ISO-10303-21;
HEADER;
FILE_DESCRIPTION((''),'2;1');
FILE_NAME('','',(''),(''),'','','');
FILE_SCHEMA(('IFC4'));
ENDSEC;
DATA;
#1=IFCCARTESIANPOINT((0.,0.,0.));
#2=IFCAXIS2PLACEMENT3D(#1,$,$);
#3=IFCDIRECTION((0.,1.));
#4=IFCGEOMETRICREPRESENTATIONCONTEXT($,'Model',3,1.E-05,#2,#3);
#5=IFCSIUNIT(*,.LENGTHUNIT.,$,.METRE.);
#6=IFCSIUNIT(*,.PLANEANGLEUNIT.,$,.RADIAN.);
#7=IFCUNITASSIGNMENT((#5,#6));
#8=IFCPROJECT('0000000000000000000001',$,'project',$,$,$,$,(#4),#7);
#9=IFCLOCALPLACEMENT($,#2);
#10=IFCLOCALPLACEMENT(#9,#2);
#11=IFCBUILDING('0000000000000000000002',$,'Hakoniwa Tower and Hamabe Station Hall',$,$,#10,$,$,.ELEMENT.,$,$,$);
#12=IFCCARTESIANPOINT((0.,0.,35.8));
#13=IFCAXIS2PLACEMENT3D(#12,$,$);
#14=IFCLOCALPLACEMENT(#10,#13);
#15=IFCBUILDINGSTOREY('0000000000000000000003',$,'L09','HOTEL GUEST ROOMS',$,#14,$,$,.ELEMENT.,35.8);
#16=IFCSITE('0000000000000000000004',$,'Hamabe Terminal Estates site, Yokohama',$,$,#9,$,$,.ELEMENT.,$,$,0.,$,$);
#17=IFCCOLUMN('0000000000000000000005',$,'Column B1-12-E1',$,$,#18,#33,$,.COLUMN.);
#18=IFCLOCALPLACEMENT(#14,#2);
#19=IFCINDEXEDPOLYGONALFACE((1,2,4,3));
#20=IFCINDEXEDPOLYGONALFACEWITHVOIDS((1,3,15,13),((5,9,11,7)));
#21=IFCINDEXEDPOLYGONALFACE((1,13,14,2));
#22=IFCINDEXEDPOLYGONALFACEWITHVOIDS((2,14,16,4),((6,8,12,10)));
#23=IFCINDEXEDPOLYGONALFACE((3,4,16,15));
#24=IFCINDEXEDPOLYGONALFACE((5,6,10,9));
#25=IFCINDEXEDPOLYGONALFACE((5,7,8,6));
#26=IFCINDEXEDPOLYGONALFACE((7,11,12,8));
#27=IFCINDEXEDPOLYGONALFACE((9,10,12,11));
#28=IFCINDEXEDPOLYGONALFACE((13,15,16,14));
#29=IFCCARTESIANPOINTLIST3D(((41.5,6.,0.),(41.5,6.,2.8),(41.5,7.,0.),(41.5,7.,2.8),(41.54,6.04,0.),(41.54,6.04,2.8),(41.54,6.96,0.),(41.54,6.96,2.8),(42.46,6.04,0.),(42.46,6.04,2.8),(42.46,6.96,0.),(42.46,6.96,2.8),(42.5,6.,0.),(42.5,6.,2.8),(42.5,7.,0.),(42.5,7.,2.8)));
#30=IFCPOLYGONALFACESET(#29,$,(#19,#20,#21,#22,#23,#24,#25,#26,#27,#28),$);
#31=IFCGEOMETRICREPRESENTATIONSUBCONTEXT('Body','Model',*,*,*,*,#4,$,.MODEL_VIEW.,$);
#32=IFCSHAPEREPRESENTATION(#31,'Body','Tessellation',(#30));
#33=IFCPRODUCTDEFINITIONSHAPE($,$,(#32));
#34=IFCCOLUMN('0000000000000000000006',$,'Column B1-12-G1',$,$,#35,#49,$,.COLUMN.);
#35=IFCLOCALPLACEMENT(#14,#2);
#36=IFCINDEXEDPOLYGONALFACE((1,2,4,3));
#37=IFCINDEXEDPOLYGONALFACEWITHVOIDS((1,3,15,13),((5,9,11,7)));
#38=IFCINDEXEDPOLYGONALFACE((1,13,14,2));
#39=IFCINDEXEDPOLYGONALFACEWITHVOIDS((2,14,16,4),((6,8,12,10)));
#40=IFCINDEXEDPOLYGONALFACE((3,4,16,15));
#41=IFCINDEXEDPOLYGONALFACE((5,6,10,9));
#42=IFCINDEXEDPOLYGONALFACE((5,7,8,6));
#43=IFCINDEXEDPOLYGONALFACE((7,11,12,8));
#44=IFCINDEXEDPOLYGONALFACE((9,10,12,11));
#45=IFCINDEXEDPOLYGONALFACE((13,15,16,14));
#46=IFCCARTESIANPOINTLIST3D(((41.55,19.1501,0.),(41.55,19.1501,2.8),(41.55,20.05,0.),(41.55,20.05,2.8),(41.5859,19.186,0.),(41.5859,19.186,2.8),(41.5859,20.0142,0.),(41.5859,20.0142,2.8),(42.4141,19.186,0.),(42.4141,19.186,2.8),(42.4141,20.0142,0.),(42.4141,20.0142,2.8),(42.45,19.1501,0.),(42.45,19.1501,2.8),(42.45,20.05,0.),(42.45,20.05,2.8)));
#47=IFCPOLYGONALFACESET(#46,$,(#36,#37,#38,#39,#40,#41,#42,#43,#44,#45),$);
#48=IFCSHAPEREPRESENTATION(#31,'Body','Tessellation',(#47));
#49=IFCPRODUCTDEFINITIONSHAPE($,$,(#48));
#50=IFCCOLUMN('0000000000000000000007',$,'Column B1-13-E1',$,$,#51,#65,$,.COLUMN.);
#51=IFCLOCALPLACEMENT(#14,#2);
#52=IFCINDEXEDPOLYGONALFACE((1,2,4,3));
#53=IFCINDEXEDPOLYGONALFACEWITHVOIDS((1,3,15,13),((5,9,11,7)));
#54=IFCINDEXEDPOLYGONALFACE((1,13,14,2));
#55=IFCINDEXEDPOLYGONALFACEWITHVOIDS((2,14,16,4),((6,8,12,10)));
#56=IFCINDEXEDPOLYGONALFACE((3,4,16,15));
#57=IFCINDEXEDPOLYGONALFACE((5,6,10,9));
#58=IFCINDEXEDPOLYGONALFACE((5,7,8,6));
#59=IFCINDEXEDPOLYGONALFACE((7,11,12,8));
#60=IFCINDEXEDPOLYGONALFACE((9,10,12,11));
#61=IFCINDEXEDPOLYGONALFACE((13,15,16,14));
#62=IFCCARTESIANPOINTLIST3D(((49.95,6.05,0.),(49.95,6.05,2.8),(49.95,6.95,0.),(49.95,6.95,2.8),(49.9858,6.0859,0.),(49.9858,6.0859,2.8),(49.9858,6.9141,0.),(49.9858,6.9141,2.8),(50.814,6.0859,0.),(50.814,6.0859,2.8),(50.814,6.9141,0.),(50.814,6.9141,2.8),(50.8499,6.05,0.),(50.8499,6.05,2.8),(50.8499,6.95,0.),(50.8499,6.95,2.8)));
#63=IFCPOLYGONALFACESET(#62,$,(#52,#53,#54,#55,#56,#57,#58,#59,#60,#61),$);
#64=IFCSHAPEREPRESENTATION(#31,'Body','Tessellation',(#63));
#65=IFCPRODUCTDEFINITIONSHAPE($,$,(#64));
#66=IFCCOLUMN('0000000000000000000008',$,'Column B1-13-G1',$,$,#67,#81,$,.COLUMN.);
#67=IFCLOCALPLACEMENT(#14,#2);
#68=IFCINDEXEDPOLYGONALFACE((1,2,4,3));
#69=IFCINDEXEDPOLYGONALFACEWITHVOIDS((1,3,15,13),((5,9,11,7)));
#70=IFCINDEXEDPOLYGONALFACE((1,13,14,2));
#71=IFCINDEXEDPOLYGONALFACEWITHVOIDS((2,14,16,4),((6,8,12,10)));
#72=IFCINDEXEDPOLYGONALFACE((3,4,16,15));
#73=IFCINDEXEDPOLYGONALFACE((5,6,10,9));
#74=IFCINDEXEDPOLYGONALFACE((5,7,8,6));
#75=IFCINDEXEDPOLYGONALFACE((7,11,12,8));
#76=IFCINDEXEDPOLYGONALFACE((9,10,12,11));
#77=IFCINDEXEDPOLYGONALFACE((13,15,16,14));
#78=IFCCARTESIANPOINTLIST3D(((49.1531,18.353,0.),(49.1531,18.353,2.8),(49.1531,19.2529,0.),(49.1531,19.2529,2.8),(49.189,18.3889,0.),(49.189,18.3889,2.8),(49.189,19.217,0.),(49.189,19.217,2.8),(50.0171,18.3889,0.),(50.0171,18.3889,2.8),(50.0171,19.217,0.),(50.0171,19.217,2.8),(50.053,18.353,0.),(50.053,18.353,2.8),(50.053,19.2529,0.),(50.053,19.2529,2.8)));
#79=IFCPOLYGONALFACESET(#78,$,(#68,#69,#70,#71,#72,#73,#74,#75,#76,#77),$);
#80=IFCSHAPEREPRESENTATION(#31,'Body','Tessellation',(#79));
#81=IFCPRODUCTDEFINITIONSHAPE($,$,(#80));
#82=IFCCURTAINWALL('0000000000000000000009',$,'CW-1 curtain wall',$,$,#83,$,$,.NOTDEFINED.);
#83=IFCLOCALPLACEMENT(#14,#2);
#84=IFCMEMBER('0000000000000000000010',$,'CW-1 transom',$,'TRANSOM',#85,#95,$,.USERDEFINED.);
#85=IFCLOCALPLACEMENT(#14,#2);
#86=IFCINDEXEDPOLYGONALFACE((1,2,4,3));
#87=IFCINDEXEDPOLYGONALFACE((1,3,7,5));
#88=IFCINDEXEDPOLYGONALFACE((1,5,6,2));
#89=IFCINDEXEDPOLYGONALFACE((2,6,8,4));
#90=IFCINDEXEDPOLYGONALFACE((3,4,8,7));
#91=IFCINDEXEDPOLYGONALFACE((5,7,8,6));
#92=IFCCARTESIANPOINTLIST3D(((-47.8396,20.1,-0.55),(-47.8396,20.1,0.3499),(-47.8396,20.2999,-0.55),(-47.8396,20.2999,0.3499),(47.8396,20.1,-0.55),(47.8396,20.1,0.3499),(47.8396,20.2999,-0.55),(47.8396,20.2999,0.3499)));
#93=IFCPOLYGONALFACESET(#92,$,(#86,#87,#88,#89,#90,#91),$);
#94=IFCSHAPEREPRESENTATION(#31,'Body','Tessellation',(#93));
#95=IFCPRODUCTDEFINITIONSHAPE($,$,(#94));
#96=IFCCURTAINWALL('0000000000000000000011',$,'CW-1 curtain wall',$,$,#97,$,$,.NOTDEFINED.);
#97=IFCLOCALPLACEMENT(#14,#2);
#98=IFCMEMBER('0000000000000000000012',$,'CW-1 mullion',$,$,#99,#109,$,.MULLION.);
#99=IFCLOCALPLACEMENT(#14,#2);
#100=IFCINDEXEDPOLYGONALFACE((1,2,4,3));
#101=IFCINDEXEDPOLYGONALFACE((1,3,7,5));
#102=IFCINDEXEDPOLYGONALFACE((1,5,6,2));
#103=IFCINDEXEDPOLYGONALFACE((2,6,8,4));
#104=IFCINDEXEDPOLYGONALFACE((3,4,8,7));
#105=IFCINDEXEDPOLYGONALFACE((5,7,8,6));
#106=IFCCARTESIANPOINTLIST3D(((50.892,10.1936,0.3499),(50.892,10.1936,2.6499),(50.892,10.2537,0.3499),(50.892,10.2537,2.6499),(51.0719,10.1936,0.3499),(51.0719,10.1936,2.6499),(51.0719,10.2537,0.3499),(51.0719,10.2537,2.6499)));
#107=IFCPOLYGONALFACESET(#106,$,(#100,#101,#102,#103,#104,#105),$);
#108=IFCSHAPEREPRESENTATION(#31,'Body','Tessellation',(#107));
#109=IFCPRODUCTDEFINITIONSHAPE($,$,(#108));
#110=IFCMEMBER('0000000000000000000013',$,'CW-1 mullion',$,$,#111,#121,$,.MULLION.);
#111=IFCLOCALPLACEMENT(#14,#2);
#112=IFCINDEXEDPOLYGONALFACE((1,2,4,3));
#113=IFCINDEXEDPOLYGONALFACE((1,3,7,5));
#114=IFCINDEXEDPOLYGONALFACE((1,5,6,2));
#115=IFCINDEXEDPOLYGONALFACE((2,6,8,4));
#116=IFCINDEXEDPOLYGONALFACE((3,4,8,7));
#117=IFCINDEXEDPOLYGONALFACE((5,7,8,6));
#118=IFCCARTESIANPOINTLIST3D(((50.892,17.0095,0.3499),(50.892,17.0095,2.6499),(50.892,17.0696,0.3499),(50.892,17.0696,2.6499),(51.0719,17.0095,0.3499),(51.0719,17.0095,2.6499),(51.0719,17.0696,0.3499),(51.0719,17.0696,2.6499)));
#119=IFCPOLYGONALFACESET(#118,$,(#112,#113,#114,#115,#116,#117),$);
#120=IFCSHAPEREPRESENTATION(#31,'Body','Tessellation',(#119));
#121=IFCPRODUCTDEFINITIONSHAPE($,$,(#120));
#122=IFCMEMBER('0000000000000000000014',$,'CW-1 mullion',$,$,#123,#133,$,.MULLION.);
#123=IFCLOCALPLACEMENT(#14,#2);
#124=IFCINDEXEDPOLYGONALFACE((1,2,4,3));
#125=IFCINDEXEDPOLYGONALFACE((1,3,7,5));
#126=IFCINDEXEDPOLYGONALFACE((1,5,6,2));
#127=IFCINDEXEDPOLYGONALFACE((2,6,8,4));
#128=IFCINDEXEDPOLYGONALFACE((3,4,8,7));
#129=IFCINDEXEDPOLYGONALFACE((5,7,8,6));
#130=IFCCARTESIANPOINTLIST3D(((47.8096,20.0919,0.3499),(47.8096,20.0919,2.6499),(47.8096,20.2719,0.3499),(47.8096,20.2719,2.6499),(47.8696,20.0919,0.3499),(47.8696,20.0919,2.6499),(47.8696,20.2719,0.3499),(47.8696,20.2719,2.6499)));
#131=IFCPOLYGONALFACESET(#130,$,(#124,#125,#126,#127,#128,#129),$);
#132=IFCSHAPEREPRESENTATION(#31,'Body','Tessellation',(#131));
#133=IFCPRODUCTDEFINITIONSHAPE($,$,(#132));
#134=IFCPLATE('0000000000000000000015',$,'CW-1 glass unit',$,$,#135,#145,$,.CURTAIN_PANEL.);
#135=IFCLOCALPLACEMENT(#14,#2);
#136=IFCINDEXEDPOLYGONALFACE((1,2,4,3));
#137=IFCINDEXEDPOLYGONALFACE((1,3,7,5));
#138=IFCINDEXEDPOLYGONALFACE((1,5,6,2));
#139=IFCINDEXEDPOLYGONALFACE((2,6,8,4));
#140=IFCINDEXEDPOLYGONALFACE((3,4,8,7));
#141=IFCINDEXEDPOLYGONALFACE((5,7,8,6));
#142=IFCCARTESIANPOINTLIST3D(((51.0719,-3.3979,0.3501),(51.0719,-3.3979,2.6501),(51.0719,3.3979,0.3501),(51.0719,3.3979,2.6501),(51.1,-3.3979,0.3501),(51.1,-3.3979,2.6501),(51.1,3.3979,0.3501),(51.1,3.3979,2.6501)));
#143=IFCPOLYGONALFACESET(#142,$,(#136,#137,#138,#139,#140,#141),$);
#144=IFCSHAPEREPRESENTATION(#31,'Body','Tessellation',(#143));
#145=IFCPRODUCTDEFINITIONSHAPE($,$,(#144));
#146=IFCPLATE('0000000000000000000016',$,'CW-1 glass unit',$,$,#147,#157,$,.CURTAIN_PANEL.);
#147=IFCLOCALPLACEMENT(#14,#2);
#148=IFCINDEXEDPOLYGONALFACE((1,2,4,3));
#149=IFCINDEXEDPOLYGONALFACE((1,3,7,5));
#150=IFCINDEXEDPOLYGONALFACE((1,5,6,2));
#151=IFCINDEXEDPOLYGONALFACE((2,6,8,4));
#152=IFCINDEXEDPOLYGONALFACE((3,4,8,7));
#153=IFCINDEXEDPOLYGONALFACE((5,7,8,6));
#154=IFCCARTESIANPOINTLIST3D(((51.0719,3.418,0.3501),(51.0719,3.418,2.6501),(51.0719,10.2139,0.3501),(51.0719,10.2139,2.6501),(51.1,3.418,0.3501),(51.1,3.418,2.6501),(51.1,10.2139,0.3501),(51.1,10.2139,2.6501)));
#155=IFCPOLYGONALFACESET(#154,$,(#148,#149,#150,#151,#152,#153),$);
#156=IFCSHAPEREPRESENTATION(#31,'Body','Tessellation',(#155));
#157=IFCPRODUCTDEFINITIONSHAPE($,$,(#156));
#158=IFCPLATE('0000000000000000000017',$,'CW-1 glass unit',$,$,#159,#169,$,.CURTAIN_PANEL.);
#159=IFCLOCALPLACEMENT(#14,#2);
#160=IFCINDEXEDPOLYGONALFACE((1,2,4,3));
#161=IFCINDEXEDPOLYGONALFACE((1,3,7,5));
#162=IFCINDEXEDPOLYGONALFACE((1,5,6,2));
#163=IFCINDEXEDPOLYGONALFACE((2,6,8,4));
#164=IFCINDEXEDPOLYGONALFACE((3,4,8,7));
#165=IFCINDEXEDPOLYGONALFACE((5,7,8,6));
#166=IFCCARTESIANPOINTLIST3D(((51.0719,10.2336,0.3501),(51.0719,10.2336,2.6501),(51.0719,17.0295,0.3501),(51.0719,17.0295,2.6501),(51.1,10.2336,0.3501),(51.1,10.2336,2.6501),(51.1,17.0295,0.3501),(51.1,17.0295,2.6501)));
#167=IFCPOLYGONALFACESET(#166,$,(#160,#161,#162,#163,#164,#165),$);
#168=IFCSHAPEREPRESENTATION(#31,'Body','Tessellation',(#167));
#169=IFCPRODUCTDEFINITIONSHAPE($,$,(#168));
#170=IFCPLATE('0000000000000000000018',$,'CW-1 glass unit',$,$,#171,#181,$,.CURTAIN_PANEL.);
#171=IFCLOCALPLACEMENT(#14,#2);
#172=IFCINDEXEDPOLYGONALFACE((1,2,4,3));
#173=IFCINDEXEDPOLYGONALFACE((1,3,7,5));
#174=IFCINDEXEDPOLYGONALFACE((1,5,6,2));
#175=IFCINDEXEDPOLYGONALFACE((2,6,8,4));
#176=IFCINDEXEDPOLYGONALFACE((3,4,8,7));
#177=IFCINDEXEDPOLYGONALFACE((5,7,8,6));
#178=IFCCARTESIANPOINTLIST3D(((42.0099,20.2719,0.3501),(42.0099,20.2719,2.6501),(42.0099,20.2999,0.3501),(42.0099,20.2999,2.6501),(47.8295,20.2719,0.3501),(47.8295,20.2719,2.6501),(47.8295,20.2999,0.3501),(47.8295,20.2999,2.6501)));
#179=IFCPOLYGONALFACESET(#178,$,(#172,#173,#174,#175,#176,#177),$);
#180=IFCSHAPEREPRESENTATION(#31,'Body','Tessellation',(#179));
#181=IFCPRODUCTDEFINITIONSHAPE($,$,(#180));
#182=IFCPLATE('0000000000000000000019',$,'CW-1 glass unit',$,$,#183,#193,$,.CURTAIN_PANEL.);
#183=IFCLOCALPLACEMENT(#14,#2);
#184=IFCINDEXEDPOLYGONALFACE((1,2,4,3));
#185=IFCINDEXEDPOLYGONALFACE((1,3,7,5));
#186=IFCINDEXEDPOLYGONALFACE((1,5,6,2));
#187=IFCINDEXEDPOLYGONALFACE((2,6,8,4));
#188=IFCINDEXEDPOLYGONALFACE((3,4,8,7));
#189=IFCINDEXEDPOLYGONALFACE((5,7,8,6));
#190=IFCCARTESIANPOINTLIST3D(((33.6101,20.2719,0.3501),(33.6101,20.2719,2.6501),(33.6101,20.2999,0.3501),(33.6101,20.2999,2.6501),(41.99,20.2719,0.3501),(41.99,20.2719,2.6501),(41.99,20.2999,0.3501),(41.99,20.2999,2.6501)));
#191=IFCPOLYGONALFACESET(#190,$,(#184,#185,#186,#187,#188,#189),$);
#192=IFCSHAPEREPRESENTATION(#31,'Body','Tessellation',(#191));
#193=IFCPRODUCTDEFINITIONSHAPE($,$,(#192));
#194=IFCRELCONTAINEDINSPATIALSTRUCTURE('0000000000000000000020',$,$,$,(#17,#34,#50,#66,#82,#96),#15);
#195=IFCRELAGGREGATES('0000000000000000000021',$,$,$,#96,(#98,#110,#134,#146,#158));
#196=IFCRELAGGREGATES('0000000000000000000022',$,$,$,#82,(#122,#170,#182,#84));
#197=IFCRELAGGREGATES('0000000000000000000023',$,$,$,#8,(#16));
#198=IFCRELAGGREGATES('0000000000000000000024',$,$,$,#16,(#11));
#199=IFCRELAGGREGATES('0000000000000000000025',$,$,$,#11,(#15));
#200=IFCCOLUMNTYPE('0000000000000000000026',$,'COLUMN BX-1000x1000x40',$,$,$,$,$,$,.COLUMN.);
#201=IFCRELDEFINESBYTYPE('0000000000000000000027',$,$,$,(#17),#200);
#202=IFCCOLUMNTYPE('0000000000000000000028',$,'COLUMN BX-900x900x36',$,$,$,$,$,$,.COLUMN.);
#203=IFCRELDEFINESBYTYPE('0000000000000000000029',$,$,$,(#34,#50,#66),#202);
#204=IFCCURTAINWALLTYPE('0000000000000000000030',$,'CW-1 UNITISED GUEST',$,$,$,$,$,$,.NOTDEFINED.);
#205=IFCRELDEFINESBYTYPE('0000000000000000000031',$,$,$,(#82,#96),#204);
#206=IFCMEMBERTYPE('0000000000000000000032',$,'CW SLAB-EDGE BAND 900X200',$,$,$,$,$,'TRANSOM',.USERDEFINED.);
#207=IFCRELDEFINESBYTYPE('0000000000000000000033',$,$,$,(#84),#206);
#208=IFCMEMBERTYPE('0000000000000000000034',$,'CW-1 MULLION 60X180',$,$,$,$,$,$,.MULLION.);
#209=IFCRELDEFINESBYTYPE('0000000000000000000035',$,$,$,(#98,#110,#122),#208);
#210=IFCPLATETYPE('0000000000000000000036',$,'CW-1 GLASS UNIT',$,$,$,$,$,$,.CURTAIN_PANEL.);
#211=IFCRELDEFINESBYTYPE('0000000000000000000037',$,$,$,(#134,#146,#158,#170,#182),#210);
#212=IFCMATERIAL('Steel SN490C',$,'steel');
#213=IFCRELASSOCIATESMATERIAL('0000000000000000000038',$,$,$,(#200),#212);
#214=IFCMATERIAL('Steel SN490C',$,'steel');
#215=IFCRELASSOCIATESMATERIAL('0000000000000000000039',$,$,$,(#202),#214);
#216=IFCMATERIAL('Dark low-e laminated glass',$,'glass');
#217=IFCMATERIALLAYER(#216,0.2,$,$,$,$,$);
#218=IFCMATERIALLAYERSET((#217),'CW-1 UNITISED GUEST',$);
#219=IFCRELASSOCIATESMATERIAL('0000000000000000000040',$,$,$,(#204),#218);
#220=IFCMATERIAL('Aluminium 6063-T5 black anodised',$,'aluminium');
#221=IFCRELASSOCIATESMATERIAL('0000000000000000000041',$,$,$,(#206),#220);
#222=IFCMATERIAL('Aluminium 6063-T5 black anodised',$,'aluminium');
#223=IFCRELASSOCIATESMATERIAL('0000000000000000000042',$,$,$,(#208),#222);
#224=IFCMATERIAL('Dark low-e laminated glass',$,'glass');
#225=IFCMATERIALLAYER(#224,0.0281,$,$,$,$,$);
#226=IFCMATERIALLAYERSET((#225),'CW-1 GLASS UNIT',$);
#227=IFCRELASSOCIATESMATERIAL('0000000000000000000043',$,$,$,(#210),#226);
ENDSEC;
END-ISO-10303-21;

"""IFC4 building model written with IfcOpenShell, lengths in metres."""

from ifc_helpers import new_model, si_unit, direction, frame, origin, origin_2d, place, context, subcontext, project, spatial, rectangle, hollow_rectangle, extrude, material, layer, layer_set, material_profile, profile_set, type_object, element, aggregate, save


model = new_model("IFC4")

# Units and contexts
model_context = context("Model", 3, precision=1e-05, world=origin(), true_north=direction((0.0, 1.0)))
body_context = subcontext(model_context, "Body", "Model", "MODEL_VIEW")
ifc_project = project(units=[si_unit("LENGTHUNIT", "METRE"), si_unit("PLANEANGLEUNIT", "RADIAN")], contexts=[model_context])

# Site, building, storey
site_placement = place(None, origin())
site = spatial("IfcSite", under=ifc_project, at=site_placement, Name="Hamabe Terminal Estates site, Yokohama", CompositionType="ELEMENT", RefElevation=0.0)
building_placement = place(site_placement, origin())
building = spatial("IfcBuilding", under=site, at=building_placement, Name="Hakoniwa Tower and Hamabe Station Hall", CompositionType="ELEMENT")
storey_placement = place(building_placement, frame((0.0, 0.0, 35.8)))
storey = spatial("IfcBuildingStorey", under=building, at=storey_placement, Name="L09", Description="HOTEL GUEST ROOMS", CompositionType="ELEMENT", Elevation=35.8)

# Columns
ifc_material_1 = material(Name="Steel SN490C", Category="steel")
ifc_material_profile_1 = material_profile(ifc_material_1, hollow_rectangle(XDim=1.0, YDim=1.0, WallThickness=0.04, at=origin_2d()), Name="BX-1000x1000x40")
ifc_profile_set_1 = profile_set([ifc_material_profile_1], Name="Steel SN490C")
column_type_1 = type_object("IfcColumnType", Name="COLUMN BX-1000x1000x40", PredefinedType="COLUMN", material=ifc_profile_set_1)
column_placement = place(storey_placement, frame((42.0, 6.5, 0.0), z_axis=(0.0, 0.0, 1.0), x_axis=(1.0, 0.0, 0.0)))
element("IfcColumn", 1, at=column_placement, inside=storey, type_object=column_type_1, Name="Column B1-12-E1", PredefinedType="COLUMN", context=body_context, shape_type="SweptSolid", body=[
    extrude(hollow_rectangle(XDim=1.0, YDim=1.0, WallThickness=0.04, at=origin_2d()), origin(), (0.0, 0.0, 1.0), 2.8),
])
ifc_material_2 = material(Name="Steel SN490C", Category="steel")
ifc_material_profile_2 = material_profile(ifc_material_2, hollow_rectangle(XDim=0.8999, YDim=0.8999, WallThickness=0.0359, at=origin_2d()), Name="BX-900x900x36")
ifc_profile_set_2 = profile_set([ifc_material_profile_2], Name="Steel SN490C")
column_type_2 = type_object("IfcColumnType", Name="COLUMN BX-900x900x36", PredefinedType="COLUMN", material=ifc_profile_set_2)
for number, where, z_axis, x_axis, name in (
    (2, (42.0, 19.6001, 0.0), (0.0, 0.0, 1.0), (1.0, 0.0, 0.0), "Column B1-12-G1"),
    (3, (50.3999, 6.5, 0.0), (0.0, 0.0, 1.0), (1.0, 0.0, 0.0), "Column B1-13-E1"),
    (4, (49.603, 18.803, 0.0), (0.0, 0.0, 1.0), (1.0, 0.0, 0.0), "Column B1-13-G1"),
):
    element("IfcColumn", number, at=place(storey_placement, frame(where, z_axis=z_axis, x_axis=x_axis)), inside=storey, type_object=column_type_2, Name=name, PredefinedType="COLUMN", context=body_context, shape_type="SweptSolid", body=[
        extrude(hollow_rectangle(XDim=0.8999, YDim=0.8999, WallThickness=0.0359, at=origin_2d()), origin(), (0.0, 0.0, 1.0), 2.8),
    ])

# Curtain wall, member
ifc_material_3 = material(Name="Dark low-e laminated glass", Category="glass")
ifc_layer_1 = layer(ifc_material_3, 0.2)
ifc_layer_set_1 = layer_set([ifc_layer_1], Name="CW-1 UNITISED GUEST")
curtain_wall_type = type_object("IfcCurtainWallType", Name="CW-1 UNITISED GUEST", PredefinedType="NOTDEFINED", material=ifc_layer_set_1)
curtain_wall_1_placement = place(storey_placement, origin())
curtain_wall_1 = element("IfcCurtainWall", 5, at=curtain_wall_1_placement, inside=storey, type_object=curtain_wall_type, Name="CW-1 curtain wall", PredefinedType="NOTDEFINED")
ifc_material_4 = material(Name="Aluminium 6063-T5 black anodised", Category="aluminium")
ifc_material_profile_3 = material_profile(ifc_material_4, rectangle(XDim=0.2, YDim=0.8999, at=origin_2d()), Name="CW SLAB-EDGE BAND 900X200")
ifc_profile_set_3 = profile_set([ifc_material_profile_3], Name="Aluminium 6063-T5 black anodised")
member_type_1 = type_object("IfcMemberType", Name="CW SLAB-EDGE BAND 900X200", ElementType="TRANSOM", PredefinedType="USERDEFINED", material=ifc_profile_set_3)
member_1_placement = place(storey_placement, frame((47.8396, 20.2, -0.1001), z_axis=(-1.0, 0.0, 0.0), x_axis=(0.0, -1.0, 0.0)))
member_1 = element("IfcMember", 6, at=member_1_placement, type_object=member_type_1, Name="CW-1 transom", ObjectType="TRANSOM", PredefinedType="USERDEFINED", context=body_context, shape_type="SweptSolid", body=[
    extrude(rectangle(XDim=0.2, YDim=0.8999, at=origin_2d()), origin(), (0.0, 0.0, 1.0), 95.6792),
])

# Curtain wall, members
curtain_wall_2_placement = place(storey_placement, origin())
curtain_wall_2 = element("IfcCurtainWall", 7, at=curtain_wall_2_placement, inside=storey, type_object=curtain_wall_type, Name="CW-1 curtain wall", PredefinedType="NOTDEFINED")
ifc_material_5 = material(Name="Aluminium 6063-T5 black anodised", Category="aluminium")
ifc_material_profile_4 = material_profile(ifc_material_5, rectangle(XDim=0.0601, YDim=0.1799, at=origin_2d()), Name="CW-1 MULLION 60X180")
ifc_profile_set_4 = profile_set([ifc_material_profile_4], Name="Aluminium 6063-T5 black anodised")
member_type_2 = type_object("IfcMemberType", Name="CW-1 MULLION 60X180", PredefinedType="MULLION", material=ifc_profile_set_4)
member_2_placement = place(storey_placement, frame((50.9819, 10.2236, 0.3499), z_axis=(0.0, 0.0, 1.0), x_axis=(0.0, 1.0, 0.0)))
member_2 = element("IfcMember", 8, at=member_2_placement, type_object=member_type_2, Name="CW-1 mullion", PredefinedType="MULLION", context=body_context, shape_type="SweptSolid", body=[
    extrude(rectangle(XDim=0.0601, YDim=0.1799, at=origin_2d()), origin(), (0.0, 0.0, 1.0), 2.3),
])
member_3_placement = place(storey_placement, frame((50.9819, 17.0396, 0.3499), z_axis=(0.0, 0.0, 1.0), x_axis=(0.0, 1.0, 0.0)))
member_3 = element("IfcMember", 9, at=member_3_placement, type_object=member_type_2, Name="CW-1 mullion", PredefinedType="MULLION", context=body_context, shape_type="SweptSolid", body=[
    extrude(rectangle(XDim=0.0601, YDim=0.1799, at=origin_2d()), origin(), (0.0, 0.0, 1.0), 2.3),
])

# Member
member_4_placement = place(storey_placement, frame((47.8396, 20.1819, 0.3499), z_axis=(0.0, 0.0, 1.0), x_axis=(-1.0, 0.0, 0.0)))
member_4 = element("IfcMember", 10, at=member_4_placement, type_object=member_type_2, Name="CW-1 mullion", PredefinedType="MULLION", context=body_context, shape_type="SweptSolid", body=[
    extrude(rectangle(XDim=0.0601, YDim=0.1799, at=origin_2d()), origin(), (0.0, 0.0, 1.0), 2.3),
])

# Plates
ifc_material_6 = material(Name="Dark low-e laminated glass", Category="glass")
ifc_layer_2 = layer(ifc_material_6, 0.0281)
ifc_layer_set_2 = layer_set([ifc_layer_2], Name="CW-1 GLASS UNIT")
plate_type = type_object("IfcPlateType", Name="CW-1 GLASS UNIT", PredefinedType="CURTAIN_PANEL", material=ifc_layer_set_2)
plate_1_placement = place(storey_placement, frame((51.0859, 0.0, 0.3501), z_axis=(0.0, 0.0, 1.0), x_axis=(0.0, 1.0, 0.0)))
plate_1 = element("IfcPlate", 11, at=plate_1_placement, type_object=plate_type, Name="CW-1 glass unit", PredefinedType="CURTAIN_PANEL", context=body_context, shape_type="SweptSolid", body=[
    extrude(rectangle(XDim=6.7959, YDim=0.0281, at=origin_2d()), origin(), (0.0, 0.0, 1.0), 2.3),
])
plate_2_placement = place(storey_placement, frame((51.0859, 6.8159, 0.3501), z_axis=(0.0, 0.0, 1.0), x_axis=(0.0, 1.0, 0.0)))
plate_2 = element("IfcPlate", 12, at=plate_2_placement, type_object=plate_type, Name="CW-1 glass unit", PredefinedType="CURTAIN_PANEL", context=body_context, shape_type="SweptSolid", body=[
    extrude(rectangle(XDim=6.7959, YDim=0.0281, at=origin_2d()), origin(), (0.0, 0.0, 1.0), 2.3),
])
plate_3_placement = place(storey_placement, frame((51.0859, 13.6316, 0.3501), z_axis=(0.0, 0.0, 1.0), x_axis=(0.0, 1.0, 0.0)))
plate_3 = element("IfcPlate", 13, at=plate_3_placement, type_object=plate_type, Name="CW-1 glass unit", PredefinedType="CURTAIN_PANEL", context=body_context, shape_type="SweptSolid", body=[
    extrude(rectangle(XDim=6.7959, YDim=0.0281, at=origin_2d()), origin(), (0.0, 0.0, 1.0), 2.3),
])
aggregate(curtain_wall_2, [member_2, member_3, plate_1, plate_2, plate_3])
plate_4_placement = place(storey_placement, frame((44.9197, 20.2859, 0.3501), z_axis=(0.0, 0.0, 1.0), x_axis=(-1.0, 0.0, 0.0)))
plate_4 = element("IfcPlate", 14, at=plate_4_placement, type_object=plate_type, Name="CW-1 glass unit", PredefinedType="CURTAIN_PANEL", context=body_context, shape_type="SweptSolid", body=[
    extrude(rectangle(XDim=5.8196, YDim=0.0281, at=origin_2d()), origin(), (0.0, 0.0, 1.0), 2.3),
])
plate_5_placement = place(storey_placement, frame((37.8, 20.2859, 0.3501), z_axis=(0.0, 0.0, 1.0), x_axis=(-1.0, 0.0, 0.0)))
plate_5 = element("IfcPlate", 15, at=plate_5_placement, type_object=plate_type, Name="CW-1 glass unit", PredefinedType="CURTAIN_PANEL", context=body_context, shape_type="SweptSolid", body=[
    extrude(rectangle(XDim=8.3799, YDim=0.0281, at=origin_2d()), origin(), (0.0, 0.0, 1.0), 2.3),
])
aggregate(curtain_wall_1, [member_4, plate_4, plate_5, member_1])

save(model, "model.ifc")
